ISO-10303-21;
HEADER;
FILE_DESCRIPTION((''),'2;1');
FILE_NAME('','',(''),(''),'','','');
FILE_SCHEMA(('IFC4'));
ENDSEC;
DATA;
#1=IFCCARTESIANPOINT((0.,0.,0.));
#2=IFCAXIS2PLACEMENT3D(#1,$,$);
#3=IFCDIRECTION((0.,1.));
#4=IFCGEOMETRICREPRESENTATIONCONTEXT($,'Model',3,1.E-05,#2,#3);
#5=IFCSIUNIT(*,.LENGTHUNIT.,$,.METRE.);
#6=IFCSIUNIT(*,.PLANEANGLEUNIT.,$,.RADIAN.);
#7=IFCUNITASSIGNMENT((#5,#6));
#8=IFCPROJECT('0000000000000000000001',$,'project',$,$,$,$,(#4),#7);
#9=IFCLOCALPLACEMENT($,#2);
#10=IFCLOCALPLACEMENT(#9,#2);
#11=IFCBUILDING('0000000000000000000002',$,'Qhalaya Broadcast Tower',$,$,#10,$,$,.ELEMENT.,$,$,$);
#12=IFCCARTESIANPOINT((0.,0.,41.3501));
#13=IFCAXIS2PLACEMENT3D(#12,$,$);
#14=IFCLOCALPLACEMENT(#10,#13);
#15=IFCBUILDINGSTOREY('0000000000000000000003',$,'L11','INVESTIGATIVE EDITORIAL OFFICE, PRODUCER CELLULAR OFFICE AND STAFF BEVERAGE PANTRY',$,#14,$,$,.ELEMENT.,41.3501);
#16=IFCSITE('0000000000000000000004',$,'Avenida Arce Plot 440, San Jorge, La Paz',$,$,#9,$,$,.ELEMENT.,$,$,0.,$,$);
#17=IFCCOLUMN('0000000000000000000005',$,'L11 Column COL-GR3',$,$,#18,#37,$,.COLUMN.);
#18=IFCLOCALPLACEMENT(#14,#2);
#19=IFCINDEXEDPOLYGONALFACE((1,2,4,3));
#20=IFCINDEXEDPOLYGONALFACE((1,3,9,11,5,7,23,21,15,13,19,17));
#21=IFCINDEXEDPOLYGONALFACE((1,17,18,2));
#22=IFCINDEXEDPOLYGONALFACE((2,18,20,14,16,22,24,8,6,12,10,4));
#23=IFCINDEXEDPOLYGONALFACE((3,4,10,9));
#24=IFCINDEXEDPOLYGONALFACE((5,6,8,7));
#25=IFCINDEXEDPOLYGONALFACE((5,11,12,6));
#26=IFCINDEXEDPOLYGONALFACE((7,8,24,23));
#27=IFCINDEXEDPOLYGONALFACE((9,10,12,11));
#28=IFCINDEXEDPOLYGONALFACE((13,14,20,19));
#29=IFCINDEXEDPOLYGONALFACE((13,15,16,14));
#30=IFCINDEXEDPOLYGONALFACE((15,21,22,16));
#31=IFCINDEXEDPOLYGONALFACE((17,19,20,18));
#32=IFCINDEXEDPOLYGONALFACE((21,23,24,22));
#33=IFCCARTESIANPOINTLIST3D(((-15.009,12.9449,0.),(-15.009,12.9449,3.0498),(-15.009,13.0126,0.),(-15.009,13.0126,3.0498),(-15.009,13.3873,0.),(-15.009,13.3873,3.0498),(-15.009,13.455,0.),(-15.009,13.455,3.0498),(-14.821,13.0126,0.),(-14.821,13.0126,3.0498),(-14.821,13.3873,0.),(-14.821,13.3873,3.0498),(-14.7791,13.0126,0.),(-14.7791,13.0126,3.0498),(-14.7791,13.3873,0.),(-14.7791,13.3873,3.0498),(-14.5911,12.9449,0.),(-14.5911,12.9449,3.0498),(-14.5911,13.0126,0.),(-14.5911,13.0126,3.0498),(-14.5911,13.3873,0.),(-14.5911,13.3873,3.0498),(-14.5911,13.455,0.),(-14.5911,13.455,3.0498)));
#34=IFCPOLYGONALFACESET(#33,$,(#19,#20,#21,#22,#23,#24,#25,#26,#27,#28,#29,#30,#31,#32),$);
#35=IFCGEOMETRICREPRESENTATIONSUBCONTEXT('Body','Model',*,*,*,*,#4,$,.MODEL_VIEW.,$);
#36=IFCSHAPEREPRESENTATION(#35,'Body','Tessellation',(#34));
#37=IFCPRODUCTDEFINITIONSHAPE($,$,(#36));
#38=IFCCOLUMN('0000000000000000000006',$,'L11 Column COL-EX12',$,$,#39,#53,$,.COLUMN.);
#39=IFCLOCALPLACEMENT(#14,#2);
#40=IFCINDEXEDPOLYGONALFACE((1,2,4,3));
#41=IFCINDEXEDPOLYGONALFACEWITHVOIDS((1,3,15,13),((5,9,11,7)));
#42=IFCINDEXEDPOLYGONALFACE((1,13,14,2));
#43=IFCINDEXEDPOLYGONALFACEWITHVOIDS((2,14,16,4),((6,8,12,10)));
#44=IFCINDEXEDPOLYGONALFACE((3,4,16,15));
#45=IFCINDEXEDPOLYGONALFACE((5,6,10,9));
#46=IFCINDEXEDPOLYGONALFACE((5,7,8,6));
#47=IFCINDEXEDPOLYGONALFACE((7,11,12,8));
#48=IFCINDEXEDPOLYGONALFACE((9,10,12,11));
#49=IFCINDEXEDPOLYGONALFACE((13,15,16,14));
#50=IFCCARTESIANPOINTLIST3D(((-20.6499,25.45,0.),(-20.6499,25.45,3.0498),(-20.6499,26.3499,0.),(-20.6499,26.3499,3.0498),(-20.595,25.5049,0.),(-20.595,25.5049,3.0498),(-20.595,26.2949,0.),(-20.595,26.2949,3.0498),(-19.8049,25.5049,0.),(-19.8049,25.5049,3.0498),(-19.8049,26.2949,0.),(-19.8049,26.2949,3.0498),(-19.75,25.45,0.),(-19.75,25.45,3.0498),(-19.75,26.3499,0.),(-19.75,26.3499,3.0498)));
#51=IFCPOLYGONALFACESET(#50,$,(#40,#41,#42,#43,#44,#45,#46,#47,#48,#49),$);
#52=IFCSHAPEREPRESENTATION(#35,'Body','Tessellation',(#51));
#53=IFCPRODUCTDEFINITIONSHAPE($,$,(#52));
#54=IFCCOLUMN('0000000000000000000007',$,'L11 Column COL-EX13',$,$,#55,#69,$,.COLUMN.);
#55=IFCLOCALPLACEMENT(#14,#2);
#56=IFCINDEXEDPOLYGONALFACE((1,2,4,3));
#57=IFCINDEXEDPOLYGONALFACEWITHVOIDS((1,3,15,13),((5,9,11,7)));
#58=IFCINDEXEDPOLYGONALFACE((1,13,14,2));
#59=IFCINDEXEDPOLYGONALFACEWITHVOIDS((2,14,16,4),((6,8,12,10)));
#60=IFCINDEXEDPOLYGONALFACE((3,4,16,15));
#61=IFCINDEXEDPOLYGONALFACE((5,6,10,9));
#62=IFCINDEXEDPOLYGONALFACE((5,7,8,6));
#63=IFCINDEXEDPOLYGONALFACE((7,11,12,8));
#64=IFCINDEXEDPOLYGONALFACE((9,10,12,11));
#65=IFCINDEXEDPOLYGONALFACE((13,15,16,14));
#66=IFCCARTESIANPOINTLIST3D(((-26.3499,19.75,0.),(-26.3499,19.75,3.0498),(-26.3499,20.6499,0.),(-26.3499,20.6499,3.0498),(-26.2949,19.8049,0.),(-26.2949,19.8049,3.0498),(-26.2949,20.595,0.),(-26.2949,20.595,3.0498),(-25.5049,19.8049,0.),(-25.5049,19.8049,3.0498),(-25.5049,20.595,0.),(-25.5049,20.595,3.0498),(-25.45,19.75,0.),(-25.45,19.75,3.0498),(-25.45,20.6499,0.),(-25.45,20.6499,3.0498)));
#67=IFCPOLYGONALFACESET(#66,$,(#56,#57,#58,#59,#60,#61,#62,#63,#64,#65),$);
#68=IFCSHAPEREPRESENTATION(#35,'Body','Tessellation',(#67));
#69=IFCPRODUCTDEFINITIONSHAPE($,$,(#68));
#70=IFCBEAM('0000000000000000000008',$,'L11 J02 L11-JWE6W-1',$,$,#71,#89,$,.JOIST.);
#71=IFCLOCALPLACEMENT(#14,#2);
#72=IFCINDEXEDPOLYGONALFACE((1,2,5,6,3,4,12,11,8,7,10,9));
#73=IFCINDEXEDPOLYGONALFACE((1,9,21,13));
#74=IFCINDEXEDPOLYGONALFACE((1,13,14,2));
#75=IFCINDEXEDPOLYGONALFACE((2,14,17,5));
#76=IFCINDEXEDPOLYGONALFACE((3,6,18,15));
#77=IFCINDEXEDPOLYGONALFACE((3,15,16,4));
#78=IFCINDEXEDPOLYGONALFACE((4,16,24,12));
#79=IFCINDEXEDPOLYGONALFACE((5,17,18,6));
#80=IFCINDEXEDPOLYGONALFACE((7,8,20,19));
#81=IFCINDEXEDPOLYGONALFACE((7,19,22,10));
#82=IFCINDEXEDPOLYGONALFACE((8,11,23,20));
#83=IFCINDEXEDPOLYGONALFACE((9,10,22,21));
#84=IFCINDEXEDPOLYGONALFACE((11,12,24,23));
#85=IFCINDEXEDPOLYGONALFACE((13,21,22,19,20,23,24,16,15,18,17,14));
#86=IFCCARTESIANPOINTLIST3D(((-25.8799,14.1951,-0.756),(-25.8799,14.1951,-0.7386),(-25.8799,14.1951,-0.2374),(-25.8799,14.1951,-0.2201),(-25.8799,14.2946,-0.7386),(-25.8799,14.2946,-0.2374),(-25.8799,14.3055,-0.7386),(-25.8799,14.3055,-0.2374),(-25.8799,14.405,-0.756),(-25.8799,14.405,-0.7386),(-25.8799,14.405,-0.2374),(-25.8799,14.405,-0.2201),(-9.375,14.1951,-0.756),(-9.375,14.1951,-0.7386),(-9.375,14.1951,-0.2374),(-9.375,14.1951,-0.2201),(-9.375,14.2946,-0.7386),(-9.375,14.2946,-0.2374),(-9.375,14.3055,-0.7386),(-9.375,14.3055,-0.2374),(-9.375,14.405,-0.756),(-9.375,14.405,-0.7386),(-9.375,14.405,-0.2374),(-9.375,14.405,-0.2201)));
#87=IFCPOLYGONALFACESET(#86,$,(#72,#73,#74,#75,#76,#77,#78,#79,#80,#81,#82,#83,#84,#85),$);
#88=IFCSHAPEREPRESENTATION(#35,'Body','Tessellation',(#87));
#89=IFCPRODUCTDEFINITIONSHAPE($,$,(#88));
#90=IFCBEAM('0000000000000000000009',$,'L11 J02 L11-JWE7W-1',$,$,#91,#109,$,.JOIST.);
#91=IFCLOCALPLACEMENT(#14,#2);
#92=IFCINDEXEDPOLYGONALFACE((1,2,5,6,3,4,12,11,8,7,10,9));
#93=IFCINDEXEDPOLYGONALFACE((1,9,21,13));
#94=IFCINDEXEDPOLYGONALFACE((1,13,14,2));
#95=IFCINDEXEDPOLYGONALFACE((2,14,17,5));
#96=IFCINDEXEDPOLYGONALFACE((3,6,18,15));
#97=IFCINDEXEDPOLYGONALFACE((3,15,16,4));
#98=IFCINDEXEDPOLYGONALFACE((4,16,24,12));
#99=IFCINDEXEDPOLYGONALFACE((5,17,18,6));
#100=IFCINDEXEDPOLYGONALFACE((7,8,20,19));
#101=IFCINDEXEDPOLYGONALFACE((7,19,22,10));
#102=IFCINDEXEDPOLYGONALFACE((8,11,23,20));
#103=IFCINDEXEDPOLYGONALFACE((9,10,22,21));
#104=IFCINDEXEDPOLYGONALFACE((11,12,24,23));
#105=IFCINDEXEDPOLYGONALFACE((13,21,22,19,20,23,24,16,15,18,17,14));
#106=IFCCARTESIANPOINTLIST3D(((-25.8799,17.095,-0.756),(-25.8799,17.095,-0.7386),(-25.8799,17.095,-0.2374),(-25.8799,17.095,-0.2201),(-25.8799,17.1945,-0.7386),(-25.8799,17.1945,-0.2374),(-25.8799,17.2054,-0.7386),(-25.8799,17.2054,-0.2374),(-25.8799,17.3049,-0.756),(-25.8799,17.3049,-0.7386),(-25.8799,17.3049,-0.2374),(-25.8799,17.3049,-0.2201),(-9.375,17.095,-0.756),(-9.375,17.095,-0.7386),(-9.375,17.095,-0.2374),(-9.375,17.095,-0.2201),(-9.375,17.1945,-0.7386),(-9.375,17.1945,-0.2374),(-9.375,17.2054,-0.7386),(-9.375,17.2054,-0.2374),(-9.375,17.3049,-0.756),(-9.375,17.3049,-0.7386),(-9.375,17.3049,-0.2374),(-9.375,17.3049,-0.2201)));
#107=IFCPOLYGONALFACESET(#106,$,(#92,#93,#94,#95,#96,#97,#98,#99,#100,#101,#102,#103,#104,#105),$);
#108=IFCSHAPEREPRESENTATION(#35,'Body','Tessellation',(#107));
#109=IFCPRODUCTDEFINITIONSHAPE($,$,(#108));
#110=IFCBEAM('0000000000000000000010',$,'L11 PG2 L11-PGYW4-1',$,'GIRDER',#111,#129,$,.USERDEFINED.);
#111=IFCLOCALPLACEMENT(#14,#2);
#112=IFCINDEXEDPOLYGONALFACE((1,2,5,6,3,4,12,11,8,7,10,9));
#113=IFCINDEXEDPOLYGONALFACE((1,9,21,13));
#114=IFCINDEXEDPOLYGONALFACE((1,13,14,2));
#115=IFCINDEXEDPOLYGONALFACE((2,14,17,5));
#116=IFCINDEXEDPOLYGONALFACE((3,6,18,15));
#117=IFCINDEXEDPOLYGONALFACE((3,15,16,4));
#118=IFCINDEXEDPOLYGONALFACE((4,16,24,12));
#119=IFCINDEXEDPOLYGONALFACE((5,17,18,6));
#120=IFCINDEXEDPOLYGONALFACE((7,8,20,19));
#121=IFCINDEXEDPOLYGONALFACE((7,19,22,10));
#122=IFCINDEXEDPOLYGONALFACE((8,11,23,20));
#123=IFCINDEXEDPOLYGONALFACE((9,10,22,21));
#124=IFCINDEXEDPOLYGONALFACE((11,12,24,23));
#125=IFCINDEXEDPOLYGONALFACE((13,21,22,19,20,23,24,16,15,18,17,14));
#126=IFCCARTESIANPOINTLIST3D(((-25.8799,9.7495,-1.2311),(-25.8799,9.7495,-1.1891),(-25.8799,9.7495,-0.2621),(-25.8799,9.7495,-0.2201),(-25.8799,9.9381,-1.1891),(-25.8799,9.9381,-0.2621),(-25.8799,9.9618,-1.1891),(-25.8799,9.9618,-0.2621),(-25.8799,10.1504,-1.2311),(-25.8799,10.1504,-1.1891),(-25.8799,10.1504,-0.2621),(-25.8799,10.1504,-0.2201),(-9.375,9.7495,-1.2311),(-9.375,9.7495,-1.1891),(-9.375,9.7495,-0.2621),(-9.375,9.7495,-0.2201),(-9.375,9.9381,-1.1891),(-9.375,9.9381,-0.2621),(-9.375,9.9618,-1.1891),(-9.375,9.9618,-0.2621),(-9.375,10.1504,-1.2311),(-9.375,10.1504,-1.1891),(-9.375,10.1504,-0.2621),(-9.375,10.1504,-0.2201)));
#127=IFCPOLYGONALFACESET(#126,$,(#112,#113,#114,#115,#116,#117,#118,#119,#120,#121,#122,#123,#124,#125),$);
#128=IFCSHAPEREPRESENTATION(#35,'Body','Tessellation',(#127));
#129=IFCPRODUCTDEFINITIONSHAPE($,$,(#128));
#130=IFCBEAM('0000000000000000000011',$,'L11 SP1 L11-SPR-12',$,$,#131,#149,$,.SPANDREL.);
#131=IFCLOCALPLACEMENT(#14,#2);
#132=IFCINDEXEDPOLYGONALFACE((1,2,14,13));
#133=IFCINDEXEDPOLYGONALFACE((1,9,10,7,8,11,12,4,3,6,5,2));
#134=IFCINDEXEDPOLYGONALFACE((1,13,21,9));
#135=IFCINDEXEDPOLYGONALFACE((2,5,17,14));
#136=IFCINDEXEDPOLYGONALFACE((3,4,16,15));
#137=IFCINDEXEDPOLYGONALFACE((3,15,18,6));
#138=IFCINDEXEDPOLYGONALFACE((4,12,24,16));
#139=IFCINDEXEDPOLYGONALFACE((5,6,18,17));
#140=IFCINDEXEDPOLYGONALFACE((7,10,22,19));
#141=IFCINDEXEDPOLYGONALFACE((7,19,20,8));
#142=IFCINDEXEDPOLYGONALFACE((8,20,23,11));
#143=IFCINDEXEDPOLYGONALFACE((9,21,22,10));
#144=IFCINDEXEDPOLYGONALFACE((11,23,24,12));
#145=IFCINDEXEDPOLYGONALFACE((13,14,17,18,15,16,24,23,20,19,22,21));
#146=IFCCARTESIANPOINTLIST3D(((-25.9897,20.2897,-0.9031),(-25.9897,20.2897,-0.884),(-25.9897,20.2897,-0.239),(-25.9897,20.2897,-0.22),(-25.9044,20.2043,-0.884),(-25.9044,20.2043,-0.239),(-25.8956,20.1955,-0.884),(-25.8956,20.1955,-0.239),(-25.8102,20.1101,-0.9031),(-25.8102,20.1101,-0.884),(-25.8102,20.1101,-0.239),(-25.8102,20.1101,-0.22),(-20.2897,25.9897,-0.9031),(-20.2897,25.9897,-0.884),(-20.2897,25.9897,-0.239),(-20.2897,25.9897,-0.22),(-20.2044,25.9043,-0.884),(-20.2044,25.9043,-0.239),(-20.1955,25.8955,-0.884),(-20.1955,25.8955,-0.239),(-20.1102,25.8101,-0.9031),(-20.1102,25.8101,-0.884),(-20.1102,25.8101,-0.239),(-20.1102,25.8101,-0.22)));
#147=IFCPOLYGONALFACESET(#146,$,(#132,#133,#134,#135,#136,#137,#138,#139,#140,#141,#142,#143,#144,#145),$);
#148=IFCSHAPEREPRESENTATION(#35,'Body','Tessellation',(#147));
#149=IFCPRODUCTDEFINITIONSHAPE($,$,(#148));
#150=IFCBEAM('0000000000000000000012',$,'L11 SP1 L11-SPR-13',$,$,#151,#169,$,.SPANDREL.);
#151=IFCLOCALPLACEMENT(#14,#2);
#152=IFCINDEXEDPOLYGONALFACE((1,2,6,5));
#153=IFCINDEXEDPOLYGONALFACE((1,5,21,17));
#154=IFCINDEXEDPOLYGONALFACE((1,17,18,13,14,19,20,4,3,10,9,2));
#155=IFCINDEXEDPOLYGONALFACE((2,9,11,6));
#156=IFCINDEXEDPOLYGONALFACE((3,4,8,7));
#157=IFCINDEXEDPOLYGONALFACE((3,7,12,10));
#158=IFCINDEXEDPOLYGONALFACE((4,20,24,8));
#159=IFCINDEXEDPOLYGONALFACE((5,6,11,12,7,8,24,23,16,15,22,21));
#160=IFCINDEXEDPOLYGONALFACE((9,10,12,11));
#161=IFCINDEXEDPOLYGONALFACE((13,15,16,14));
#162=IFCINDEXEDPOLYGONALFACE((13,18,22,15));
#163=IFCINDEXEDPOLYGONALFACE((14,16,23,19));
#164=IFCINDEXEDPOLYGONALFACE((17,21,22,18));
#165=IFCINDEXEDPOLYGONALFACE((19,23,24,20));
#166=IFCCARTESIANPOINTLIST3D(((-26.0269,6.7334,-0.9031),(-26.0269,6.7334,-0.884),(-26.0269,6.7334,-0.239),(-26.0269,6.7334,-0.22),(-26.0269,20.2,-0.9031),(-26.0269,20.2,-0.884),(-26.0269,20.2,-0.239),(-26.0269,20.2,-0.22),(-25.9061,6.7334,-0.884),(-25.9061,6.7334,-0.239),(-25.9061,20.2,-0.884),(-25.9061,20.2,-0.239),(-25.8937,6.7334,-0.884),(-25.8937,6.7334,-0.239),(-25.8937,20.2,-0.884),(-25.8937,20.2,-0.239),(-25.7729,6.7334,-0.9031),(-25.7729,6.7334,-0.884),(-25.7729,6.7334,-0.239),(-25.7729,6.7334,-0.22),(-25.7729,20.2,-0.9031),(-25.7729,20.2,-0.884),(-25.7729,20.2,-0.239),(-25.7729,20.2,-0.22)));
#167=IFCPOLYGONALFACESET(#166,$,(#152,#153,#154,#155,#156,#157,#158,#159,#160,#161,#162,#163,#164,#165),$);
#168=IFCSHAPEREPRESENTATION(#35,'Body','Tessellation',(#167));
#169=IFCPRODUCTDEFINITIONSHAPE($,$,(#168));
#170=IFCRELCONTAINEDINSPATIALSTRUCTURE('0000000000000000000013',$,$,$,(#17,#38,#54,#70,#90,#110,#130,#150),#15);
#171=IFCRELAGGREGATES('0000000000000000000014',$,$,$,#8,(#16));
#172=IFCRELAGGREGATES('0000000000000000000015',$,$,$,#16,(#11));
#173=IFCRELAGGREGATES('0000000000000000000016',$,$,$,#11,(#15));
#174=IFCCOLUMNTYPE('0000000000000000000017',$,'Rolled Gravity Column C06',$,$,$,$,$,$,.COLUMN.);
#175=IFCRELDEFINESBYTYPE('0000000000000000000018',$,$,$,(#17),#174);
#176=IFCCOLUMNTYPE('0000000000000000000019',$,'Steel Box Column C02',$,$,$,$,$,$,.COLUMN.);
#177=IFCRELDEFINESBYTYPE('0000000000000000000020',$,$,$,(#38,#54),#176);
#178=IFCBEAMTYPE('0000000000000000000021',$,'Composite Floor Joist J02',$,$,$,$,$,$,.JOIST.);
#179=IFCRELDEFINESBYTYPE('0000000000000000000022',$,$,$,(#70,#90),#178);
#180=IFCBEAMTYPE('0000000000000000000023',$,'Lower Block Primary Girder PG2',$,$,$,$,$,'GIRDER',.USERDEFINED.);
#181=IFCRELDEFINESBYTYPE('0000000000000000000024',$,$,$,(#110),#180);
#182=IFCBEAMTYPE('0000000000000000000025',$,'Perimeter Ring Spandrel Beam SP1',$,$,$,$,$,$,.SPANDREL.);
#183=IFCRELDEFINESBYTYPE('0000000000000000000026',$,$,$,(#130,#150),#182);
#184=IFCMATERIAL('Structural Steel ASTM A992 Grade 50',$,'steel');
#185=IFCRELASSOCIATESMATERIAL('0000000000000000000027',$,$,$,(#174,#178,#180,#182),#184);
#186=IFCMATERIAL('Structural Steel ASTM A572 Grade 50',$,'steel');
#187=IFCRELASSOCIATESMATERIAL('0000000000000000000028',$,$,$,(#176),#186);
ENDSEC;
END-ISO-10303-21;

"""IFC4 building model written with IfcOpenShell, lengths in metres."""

from ifc_helpers import new_model, si_unit, direction, frame, origin, origin_2d, place, context, subcontext, project, spatial, hollow_rectangle, i_section, extrude, material, material_profile, profile_set, type_object, element, save


model = new_model("IFC4")

# Units and contexts
model_context = context("Model", 3, precision=1e-05, world=origin(), true_north=direction((0.0, 1.0)))
body_context = subcontext(model_context, "Body", "Model", "MODEL_VIEW")
ifc_project = project(units=[si_unit("LENGTHUNIT", "METRE"), si_unit("PLANEANGLEUNIT", "RADIAN")], contexts=[model_context])

# Site, building, storey
site_placement = place(None, origin())
site = spatial("IfcSite", under=ifc_project, at=site_placement, Name="Avenida Arce Plot 440, San Jorge, La Paz", CompositionType="ELEMENT", RefElevation=0.0)
building_placement = place(site_placement, origin())
building = spatial("IfcBuilding", under=site, at=building_placement, Name="Qhalaya Broadcast Tower", CompositionType="ELEMENT")
storey_placement = place(building_placement, frame((0.0, 0.0, 41.3501)))
storey = spatial("IfcBuildingStorey", under=building, at=storey_placement, Name="L11", Description="INVESTIGATIVE EDITORIAL OFFICE, PRODUCER CELLULAR OFFICE AND STAFF BEVERAGE PANTRY", CompositionType="ELEMENT", Elevation=41.3501)

# Columns
ifc_material_1 = material(Name="Structural Steel ASTM A992 Grade 50", Category="steel")
ifc_material_profile_1 = material_profile(ifc_material_1, i_section(OverallWidth=0.418, OverallDepth=0.51, WebThickness=0.042, FlangeThickness=0.0676, at=origin_2d()), Name="W14X370")
ifc_profile_set_1 = profile_set([ifc_material_profile_1], Name="Structural Steel ASTM A992 Grade 50")
column_type_1 = type_object("IfcColumnType", Name="Rolled Gravity Column C06", PredefinedType="COLUMN", material=ifc_profile_set_1)
column_placement = place(storey_placement, frame((-14.8, 13.2, 0.0), z_axis=(0.0, 0.0, 1.0), x_axis=(1.0, 0.0, 0.0)))
element("IfcColumn", 1, at=column_placement, inside=storey, type_object=column_type_1, Name="L11 Column COL-GR3", PredefinedType="COLUMN", context=body_context, shape_type="SweptSolid", body=[
    extrude(i_section(OverallWidth=0.418, OverallDepth=0.51, WebThickness=0.042, FlangeThickness=0.0676, at=origin_2d()), origin(), (0.0, 0.0, 1.0), 3.0498),
])
ifc_material_2 = material(Name="Structural Steel ASTM A572 Grade 50", Category="steel")
ifc_material_profile_2 = material_profile(ifc_material_2, hollow_rectangle(XDim=0.8999, YDim=0.8999, WallThickness=0.0549, at=origin_2d()), Name="BOX 900x900x55")
ifc_profile_set_2 = profile_set([ifc_material_profile_2], Name="Structural Steel ASTM A572 Grade 50")
column_type_2 = type_object("IfcColumnType", Name="Steel Box Column C02", PredefinedType="COLUMN", material=ifc_profile_set_2)
for number, where, z_axis, x_axis, name in (
    (2, (-20.2, 25.8999, 0.0), (0.0, 0.0, 1.0), (1.0, 0.0, 0.0), "L11 Column COL-EX12"),
    (3, (-25.8999, 20.2, 0.0), (0.0, 0.0, 1.0), (0.0, 1.0, 0.0), "L11 Column COL-EX13"),
):
    element("IfcColumn", number, at=place(storey_placement, frame(where, z_axis=z_axis, x_axis=x_axis)), inside=storey, type_object=column_type_2, Name=name, PredefinedType="COLUMN", context=body_context, shape_type="SweptSolid", body=[
        extrude(hollow_rectangle(XDim=0.8999, YDim=0.8999, WallThickness=0.0549, at=origin_2d()), origin(), (0.0, 0.0, 1.0), 3.0498),
    ])

# Beams
ifc_material_profile_3 = material_profile(ifc_material_1, i_section(OverallWidth=0.21, OverallDepth=0.5359, WebThickness=0.011, FlangeThickness=0.0173, at=origin_2d()), Name="W21X68")
ifc_profile_set_3 = profile_set([ifc_material_profile_3], Name="Structural Steel ASTM A992 Grade 50")
beam_type_1 = type_object("IfcBeamType", Name="Composite Floor Joist J02", PredefinedType="JOIST", material=ifc_profile_set_3)
for number, where, z_axis, x_axis, name in (
    (4, (-25.8799, 14.3, -0.488), (1.0, 0.0, 0.0), (0.0, 1.0, 0.0), "L11 J02 L11-JWE6W-1"),
    (5, (-25.8799, 17.2, -0.488), (1.0, 0.0, 0.0), (0.0, 1.0, 0.0), "L11 J02 L11-JWE7W-1"),
):
    element("IfcBeam", number, at=place(storey_placement, frame(where, z_axis=z_axis, x_axis=x_axis)), inside=storey, type_object=beam_type_1, Name=name, PredefinedType="JOIST", context=body_context, shape_type="SweptSolid", body=[
        extrude(i_section(OverallWidth=0.21, OverallDepth=0.5359, WebThickness=0.011, FlangeThickness=0.0173, at=origin_2d()), origin(), (0.0, 0.0, 1.0), 16.5049),
    ])
ifc_material_profile_4 = material_profile(ifc_material_1, i_section(OverallWidth=0.4009, OverallDepth=1.011, WebThickness=0.0237, FlangeThickness=0.042, at=origin_2d()), Name="W40X297")
ifc_profile_set_4 = profile_set([ifc_material_profile_4], Name="Structural Steel ASTM A992 Grade 50")
beam_type_2 = type_object("IfcBeamType", Name="Lower Block Primary Girder PG2", ElementType="GIRDER", PredefinedType="USERDEFINED", material=ifc_profile_set_4)
beam_1_placement = place(storey_placement, frame((-25.8799, 9.95, -0.7256), z_axis=(1.0, 0.0, 0.0), x_axis=(0.0, 1.0, 0.0)))
element("IfcBeam", 6, at=beam_1_placement, inside=storey, type_object=beam_type_2, Name="L11 PG2 L11-PGYW4-1", ObjectType="GIRDER", PredefinedType="USERDEFINED", context=body_context, shape_type="SweptSolid", body=[
    extrude(i_section(OverallWidth=0.4009, OverallDepth=1.011, WebThickness=0.0237, FlangeThickness=0.042, at=origin_2d()), origin(), (0.0, 0.0, 1.0), 16.5049),
])
ifc_material_profile_5 = material_profile(ifc_material_1, i_section(OverallWidth=0.2539, OverallDepth=0.6831, WebThickness=0.0125, FlangeThickness=0.019, at=origin_2d()), Name="W27X94")
ifc_profile_set_5 = profile_set([ifc_material_profile_5], Name="Structural Steel ASTM A992 Grade 50")
beam_type_3 = type_object("IfcBeamType", Name="Perimeter Ring Spandrel Beam SP1", PredefinedType="SPANDREL", material=ifc_profile_set_5)
beam_2_placement = place(storey_placement, frame((-20.2, 25.8999, -0.5615), z_axis=(-0.707107, -0.707107, 0.0), x_axis=(0.707107, -0.707107, 0.0)))
element("IfcBeam", 7, at=beam_2_placement, inside=storey, type_object=beam_type_3, Name="L11 SP1 L11-SPR-12", PredefinedType="SPANDREL", context=body_context, shape_type="SweptSolid", body=[
    extrude(i_section(OverallWidth=0.2539, OverallDepth=0.6831, WebThickness=0.0125, FlangeThickness=0.019, at=origin_2d()), origin(), (0.0, 0.0, 1.0), 8.061),
])
beam_3_placement = place(storey_placement, frame((-25.8999, 20.2, -0.5615), z_axis=(0.0, -1.0, 0.0), x_axis=(1.0, 0.0, 0.0)))
element("IfcBeam", 8, at=beam_3_placement, inside=storey, type_object=beam_type_3, Name="L11 SP1 L11-SPR-13", PredefinedType="SPANDREL", context=body_context, shape_type="SweptSolid", body=[
    extrude(i_section(OverallWidth=0.2539, OverallDepth=0.6831, WebThickness=0.0125, FlangeThickness=0.019, at=origin_2d()), origin(), (0.0, 0.0, 1.0), 13.4666),
])

save(model, "model.ifc")
